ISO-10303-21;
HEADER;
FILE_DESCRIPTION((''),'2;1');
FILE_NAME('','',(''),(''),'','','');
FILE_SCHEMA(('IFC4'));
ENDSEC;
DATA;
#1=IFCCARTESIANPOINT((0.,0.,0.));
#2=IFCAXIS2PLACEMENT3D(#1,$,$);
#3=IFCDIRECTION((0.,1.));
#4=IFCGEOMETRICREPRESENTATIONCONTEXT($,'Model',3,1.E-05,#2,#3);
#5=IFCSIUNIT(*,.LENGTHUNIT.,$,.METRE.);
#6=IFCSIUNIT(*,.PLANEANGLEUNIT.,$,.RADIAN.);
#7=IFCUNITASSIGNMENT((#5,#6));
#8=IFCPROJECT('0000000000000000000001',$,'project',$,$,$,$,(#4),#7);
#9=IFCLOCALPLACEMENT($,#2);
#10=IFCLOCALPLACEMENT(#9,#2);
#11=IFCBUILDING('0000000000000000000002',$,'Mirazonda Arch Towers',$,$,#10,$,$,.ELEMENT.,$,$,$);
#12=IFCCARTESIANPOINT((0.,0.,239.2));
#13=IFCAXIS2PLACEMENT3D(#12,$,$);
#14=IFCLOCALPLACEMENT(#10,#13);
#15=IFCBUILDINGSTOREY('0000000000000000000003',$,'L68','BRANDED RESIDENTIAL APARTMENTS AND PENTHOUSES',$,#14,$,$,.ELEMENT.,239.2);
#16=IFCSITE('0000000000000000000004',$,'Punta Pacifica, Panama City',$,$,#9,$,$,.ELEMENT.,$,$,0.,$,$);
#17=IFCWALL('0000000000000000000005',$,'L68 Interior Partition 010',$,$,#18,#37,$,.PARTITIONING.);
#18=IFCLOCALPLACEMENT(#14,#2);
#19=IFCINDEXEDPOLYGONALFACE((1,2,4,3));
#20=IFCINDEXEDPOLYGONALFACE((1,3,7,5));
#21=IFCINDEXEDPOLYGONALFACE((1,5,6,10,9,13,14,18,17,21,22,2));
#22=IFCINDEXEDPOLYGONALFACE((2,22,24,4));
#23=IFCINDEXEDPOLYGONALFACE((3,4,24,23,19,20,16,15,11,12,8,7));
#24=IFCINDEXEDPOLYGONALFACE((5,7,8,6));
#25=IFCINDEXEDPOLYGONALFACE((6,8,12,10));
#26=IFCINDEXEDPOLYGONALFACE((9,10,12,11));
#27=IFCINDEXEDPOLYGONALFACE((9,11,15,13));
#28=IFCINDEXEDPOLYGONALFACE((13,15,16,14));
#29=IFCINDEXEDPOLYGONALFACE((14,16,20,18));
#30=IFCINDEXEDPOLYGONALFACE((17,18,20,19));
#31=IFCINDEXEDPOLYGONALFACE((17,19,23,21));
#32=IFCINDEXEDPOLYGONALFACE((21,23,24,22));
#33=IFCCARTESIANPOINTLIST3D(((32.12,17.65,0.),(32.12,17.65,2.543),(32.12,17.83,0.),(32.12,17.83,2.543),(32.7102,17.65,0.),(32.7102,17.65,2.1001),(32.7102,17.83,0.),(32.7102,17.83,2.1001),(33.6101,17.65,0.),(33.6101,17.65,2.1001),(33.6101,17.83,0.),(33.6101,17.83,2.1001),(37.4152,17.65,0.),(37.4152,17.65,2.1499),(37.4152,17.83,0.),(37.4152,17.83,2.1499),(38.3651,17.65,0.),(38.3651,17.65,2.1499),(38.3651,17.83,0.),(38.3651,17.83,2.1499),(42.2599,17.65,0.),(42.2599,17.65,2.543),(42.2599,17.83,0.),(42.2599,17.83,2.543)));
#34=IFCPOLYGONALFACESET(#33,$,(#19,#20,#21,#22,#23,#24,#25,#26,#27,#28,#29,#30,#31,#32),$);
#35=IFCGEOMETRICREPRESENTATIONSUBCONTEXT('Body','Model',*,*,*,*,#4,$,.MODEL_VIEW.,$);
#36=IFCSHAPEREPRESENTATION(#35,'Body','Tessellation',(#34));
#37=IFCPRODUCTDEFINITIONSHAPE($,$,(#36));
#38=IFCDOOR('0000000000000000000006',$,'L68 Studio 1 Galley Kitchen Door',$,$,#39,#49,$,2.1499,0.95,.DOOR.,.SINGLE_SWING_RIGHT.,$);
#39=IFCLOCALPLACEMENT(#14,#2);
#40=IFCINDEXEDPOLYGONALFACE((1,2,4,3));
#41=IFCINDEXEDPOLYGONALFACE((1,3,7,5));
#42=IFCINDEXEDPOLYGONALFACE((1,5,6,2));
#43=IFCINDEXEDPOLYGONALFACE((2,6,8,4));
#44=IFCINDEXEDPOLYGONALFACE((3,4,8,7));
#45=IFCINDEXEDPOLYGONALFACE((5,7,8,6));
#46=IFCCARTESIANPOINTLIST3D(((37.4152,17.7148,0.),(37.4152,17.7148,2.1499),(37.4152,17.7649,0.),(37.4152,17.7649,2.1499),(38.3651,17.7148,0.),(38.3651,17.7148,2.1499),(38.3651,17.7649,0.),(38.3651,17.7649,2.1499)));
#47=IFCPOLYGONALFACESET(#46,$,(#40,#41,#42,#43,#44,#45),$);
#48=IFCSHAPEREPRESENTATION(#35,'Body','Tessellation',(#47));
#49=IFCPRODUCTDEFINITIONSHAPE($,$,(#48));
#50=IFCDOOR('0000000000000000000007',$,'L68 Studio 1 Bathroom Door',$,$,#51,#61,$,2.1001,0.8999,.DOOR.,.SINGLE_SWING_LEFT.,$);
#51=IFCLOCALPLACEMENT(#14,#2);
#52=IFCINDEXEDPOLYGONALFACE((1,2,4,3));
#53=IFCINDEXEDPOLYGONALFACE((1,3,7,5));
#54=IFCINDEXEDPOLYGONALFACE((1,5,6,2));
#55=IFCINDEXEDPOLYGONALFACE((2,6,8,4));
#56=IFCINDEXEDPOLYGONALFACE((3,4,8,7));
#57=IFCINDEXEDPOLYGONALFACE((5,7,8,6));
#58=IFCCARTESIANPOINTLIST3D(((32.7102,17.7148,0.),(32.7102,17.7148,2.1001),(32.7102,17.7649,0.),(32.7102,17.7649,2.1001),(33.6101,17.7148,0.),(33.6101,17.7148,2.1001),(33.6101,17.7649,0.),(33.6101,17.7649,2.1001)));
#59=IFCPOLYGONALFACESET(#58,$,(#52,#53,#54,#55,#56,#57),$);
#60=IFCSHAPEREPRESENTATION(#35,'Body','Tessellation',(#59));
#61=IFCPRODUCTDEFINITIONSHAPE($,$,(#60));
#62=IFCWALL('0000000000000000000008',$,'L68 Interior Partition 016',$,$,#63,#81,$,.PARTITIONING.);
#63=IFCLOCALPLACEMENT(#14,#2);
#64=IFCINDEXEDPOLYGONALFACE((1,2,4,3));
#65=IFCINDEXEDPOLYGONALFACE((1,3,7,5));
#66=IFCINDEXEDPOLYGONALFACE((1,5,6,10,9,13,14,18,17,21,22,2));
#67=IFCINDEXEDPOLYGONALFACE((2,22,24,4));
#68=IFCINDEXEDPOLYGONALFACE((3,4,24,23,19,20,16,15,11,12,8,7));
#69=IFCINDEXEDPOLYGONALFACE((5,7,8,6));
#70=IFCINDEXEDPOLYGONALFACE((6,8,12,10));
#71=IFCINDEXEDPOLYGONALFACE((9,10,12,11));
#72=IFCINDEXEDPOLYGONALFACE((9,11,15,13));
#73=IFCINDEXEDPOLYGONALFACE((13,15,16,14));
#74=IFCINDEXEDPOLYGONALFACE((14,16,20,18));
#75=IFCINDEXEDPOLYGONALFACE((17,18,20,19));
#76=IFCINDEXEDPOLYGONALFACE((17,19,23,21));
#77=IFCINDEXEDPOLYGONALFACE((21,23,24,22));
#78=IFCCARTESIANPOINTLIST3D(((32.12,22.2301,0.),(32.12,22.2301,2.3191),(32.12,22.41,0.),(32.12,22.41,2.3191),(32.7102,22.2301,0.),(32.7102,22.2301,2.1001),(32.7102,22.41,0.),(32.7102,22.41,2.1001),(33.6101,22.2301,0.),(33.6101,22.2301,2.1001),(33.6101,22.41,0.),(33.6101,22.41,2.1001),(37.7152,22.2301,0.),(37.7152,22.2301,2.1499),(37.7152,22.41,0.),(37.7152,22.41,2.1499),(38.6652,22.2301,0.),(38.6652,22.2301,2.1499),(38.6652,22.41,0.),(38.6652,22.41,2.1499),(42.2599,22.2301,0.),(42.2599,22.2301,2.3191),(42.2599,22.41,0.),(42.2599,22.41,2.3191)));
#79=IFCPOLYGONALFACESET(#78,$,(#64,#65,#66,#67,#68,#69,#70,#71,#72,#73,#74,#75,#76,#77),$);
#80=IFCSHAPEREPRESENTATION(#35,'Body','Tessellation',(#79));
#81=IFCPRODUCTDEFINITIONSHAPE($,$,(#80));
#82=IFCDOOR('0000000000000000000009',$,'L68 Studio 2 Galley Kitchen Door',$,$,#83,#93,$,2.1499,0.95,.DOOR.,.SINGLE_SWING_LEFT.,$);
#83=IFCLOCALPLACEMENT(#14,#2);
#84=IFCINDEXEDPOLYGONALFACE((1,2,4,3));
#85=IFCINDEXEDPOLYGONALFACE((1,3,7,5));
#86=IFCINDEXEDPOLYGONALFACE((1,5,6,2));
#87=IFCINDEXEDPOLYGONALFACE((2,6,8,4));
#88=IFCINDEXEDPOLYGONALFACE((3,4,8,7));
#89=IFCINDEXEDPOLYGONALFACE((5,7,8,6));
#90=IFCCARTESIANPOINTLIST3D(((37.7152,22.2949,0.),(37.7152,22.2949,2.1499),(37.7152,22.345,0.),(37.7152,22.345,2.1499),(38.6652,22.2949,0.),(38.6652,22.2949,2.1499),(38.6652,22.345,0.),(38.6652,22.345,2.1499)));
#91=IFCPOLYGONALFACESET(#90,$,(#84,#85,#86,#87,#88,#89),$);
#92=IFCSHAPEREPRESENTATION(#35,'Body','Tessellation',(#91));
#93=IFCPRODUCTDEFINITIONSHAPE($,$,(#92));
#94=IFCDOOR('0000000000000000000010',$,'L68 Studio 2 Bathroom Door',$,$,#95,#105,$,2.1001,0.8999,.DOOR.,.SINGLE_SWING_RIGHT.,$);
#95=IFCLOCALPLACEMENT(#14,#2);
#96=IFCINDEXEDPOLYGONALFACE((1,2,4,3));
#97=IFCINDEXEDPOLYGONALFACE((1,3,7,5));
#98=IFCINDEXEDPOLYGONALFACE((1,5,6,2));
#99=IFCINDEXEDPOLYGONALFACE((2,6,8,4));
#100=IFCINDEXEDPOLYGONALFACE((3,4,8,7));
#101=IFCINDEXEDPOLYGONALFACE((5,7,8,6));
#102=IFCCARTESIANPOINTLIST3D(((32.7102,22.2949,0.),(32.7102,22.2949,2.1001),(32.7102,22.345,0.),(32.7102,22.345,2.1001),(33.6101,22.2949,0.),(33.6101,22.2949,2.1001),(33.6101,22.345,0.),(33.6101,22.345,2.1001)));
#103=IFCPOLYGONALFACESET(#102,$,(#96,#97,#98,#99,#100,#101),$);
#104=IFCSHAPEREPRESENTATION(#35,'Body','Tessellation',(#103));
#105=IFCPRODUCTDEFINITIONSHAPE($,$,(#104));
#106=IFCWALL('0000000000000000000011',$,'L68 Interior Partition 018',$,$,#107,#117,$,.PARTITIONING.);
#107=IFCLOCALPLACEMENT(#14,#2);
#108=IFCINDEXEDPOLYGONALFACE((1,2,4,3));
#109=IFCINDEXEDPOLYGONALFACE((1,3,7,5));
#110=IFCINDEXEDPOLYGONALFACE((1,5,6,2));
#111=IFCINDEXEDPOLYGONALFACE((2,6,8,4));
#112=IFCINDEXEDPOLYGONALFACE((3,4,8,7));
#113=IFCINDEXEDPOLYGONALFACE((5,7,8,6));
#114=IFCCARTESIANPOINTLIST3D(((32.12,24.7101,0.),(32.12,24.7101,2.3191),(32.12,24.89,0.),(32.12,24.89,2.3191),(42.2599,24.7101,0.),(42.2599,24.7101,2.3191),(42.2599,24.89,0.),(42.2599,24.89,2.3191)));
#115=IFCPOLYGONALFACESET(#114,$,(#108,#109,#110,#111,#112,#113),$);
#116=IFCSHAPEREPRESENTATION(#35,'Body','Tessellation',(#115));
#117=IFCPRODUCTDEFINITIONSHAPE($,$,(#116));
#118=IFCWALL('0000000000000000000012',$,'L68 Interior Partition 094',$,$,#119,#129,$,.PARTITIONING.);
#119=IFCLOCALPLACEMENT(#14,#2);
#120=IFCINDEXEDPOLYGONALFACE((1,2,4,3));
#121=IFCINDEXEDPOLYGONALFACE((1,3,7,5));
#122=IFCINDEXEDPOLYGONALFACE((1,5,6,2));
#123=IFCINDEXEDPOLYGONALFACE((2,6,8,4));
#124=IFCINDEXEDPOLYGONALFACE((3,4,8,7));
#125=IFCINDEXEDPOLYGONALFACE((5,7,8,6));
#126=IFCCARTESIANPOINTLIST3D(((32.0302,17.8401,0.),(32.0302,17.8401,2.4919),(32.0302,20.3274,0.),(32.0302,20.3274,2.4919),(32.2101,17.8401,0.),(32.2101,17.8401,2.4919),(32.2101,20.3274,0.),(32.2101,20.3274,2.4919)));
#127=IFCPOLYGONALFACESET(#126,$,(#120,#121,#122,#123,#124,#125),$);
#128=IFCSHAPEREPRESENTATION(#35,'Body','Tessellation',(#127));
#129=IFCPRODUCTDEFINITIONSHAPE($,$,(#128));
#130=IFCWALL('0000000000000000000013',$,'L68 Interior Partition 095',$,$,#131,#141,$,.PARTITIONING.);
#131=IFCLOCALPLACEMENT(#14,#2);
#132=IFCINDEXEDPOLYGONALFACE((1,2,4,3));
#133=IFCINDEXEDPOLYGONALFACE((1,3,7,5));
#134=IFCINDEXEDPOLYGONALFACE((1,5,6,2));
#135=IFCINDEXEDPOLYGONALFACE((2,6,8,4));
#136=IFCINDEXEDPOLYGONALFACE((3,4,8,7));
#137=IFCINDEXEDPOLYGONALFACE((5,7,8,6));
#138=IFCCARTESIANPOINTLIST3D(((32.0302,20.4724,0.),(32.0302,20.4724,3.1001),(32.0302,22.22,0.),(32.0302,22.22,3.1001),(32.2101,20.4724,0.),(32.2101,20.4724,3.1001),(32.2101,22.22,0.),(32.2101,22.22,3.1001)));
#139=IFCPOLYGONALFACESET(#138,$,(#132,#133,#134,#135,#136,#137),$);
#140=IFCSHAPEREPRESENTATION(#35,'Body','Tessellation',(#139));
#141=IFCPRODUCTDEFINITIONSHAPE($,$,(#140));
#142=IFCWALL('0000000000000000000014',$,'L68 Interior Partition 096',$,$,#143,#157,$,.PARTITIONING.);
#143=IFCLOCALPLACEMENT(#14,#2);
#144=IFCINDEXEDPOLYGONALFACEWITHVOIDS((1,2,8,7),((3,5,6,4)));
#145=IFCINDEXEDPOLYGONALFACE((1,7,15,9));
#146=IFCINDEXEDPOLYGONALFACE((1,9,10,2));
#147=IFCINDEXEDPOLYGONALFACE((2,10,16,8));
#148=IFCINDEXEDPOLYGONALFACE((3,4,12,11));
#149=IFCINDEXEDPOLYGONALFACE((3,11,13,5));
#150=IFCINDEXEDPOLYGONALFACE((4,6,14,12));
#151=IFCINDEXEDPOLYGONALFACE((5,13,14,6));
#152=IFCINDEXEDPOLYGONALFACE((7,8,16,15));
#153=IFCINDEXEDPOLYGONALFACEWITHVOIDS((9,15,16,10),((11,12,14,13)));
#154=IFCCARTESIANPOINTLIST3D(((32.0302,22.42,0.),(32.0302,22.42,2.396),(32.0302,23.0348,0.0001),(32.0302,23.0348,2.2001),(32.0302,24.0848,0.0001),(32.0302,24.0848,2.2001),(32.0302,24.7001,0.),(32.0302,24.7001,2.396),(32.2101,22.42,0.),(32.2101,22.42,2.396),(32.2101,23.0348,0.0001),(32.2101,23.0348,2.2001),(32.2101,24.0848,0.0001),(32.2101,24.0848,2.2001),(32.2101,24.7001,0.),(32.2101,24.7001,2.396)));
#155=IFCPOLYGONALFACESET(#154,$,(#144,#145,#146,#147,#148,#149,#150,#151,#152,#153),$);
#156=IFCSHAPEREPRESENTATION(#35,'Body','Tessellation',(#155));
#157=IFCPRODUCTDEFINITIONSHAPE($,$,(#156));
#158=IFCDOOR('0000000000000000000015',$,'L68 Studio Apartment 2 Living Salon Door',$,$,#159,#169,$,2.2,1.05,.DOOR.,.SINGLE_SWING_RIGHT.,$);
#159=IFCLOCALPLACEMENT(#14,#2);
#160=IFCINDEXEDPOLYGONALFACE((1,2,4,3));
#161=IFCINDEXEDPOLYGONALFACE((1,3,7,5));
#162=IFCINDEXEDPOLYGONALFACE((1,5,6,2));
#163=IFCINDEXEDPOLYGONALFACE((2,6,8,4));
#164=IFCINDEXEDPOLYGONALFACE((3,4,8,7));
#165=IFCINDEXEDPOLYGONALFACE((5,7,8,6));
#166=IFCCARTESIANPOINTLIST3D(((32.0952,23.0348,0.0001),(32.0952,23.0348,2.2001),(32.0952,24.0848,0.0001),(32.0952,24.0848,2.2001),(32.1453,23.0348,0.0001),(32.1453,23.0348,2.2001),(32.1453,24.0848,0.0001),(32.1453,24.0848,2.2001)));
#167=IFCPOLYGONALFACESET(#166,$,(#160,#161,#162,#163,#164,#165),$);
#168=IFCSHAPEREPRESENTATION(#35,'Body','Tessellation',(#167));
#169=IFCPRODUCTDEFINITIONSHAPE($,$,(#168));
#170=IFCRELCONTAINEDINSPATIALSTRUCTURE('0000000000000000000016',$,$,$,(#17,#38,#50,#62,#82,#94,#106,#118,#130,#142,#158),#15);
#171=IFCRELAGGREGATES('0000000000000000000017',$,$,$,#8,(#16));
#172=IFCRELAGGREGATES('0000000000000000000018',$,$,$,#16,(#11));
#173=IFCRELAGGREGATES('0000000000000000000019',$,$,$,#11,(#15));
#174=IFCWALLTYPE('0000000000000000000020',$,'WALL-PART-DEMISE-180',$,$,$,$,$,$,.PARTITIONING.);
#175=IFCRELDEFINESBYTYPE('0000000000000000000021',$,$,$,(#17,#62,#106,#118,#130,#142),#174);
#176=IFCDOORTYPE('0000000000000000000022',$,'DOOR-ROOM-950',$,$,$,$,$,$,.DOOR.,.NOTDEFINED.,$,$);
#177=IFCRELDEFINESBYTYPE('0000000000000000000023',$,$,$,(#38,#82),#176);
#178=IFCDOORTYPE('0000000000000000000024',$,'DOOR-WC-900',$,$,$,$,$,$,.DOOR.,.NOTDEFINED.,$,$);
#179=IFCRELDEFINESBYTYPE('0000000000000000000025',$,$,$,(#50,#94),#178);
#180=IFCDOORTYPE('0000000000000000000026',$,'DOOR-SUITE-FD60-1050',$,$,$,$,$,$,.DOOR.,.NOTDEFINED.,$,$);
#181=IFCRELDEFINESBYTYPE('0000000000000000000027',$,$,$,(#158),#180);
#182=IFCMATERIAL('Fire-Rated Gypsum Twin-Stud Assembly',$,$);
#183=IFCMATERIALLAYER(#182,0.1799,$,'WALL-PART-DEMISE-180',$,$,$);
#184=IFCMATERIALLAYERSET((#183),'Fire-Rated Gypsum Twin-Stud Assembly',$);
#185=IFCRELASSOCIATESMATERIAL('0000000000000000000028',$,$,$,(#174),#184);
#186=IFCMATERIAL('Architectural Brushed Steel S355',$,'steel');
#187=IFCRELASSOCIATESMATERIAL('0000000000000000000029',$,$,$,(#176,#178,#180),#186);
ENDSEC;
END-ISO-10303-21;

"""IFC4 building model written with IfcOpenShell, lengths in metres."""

from ifc_helpers import new_model, si_unit, direction, frame, frame_2d, origin, place, context, subcontext, project, spatial, rectangle, extrude, material, layer, layer_set, type_object, element, fill, save


model = new_model("IFC4")

# Units and contexts
model_context = context("Model", 3, precision=1e-05, world=origin(), true_north=direction((0.0, 1.0)))
body_context = subcontext(model_context, "Body", "Model", "MODEL_VIEW")
ifc_project = project(units=[si_unit("LENGTHUNIT", "METRE"), si_unit("PLANEANGLEUNIT", "RADIAN")], contexts=[model_context])

# Site, building, storey
site_placement = place(None, origin())
site = spatial("IfcSite", under=ifc_project, at=site_placement, Name="Punta Pacifica, Panama City", CompositionType="ELEMENT", RefElevation=0.0)
building_placement = place(site_placement, origin())
building = spatial("IfcBuilding", under=site, at=building_placement, Name="Mirazonda Arch Towers", CompositionType="ELEMENT")
storey_placement = place(building_placement, frame((0.0, 0.0, 239.2)))
storey = spatial("IfcBuildingStorey", under=building, at=storey_placement, Name="L68", Description="BRANDED RESIDENTIAL APARTMENTS AND PENTHOUSES", CompositionType="ELEMENT", Elevation=239.2)

# Walls, openings, doors
ifc_material_1 = material(Name="Fire-Rated Gypsum Twin-Stud Assembly")
ifc_layer_1 = layer(ifc_material_1, 0.1799, Name="WALL-PART-DEMISE-180")
ifc_layer_set_1 = layer_set([ifc_layer_1], Name="Fire-Rated Gypsum Twin-Stud Assembly")
wall_type_1 = type_object("IfcWallType", Name="WALL-PART-DEMISE-180", PredefinedType="PARTITIONING", material=ifc_layer_set_1)
wall_1_placement = place(storey_placement, frame((32.1201, 17.74, 0.0), z_axis=(0.0, 0.0, 1.0), x_axis=(1.0, 0.0, 0.0)))
wall_1 = element("IfcWall", 1, at=wall_1_placement, inside=storey, type_object=wall_type_1, Name="L68 Interior Partition 010", PredefinedType="PARTITIONING", context=body_context, shape_type="SweptSolid", body=[
    extrude(rectangle(XDim=10.1399, YDim=0.1799, at=frame_2d((5.0698, 0.0))), origin(), (0.0, 0.0, 1.0), 2.543),
])
opening_1_placement = place(wall_1_placement, frame((5.2949, 0.0, 0.0)))
opening_1 = element("IfcOpeningElement", 2, at=opening_1_placement, cuts=wall_1, PredefinedType="OPENING", context=body_context, shape_type="SweptSolid", body=[
    extrude(rectangle(XDim=0.95, YDim=2.1499, at=frame_2d((0.4751, 1.075))), frame((0.0, 0.0999, 0.0), z_axis=(0.0, -1.0, 0.0), x_axis=(1.0, 0.0, 0.0)), (0.0, 0.0, 1.0), 0.2),
])
opening_2_placement = place(wall_1_placement, frame((0.5901, 0.0, 0.0)))
opening_2 = element("IfcOpeningElement", 3, at=opening_2_placement, cuts=wall_1, PredefinedType="OPENING", context=body_context, shape_type="SweptSolid", body=[
    extrude(rectangle(XDim=0.8999, YDim=2.1001, at=frame_2d((0.45, 1.05))), frame((0.0, 0.0999, 0.0), z_axis=(0.0, -1.0, 0.0), x_axis=(1.0, 0.0, 0.0)), (0.0, 0.0, 1.0), 0.2),
])
ifc_material_2 = material(Name="Architectural Brushed Steel S355", Category="steel")
door_type_1 = type_object("IfcDoorType", Name="DOOR-ROOM-950", OperationType="NOTDEFINED", PredefinedType="DOOR", material=ifc_material_2)
door_1_placement = place(opening_1_placement, origin())
door_1 = element("IfcDoor", 4, at=door_1_placement, inside=storey, type_object=door_type_1, Name="L68 Studio 1 Galley Kitchen Door", OperationType="SINGLE_SWING_RIGHT", OverallHeight=2.1499, OverallWidth=0.95, PredefinedType="DOOR", context=body_context, shape_type="SweptSolid", body=[
    extrude(rectangle(XDim=0.95, YDim=2.1499, at=frame_2d((0.4751, 1.075))), frame((0.0, 0.0249, 0.0), z_axis=(0.0, -1.0, 0.0), x_axis=(1.0, 0.0, 0.0)), (0.0, 0.0, 1.0), 0.05),
])
fill(opening_1, door_1)
door_type_2 = type_object("IfcDoorType", Name="DOOR-WC-900", OperationType="NOTDEFINED", PredefinedType="DOOR", material=ifc_material_2)
door_2_placement = place(opening_2_placement, origin())
door_2 = element("IfcDoor", 5, at=door_2_placement, inside=storey, type_object=door_type_2, Name="L68 Studio 1 Bathroom Door", OperationType="SINGLE_SWING_LEFT", OverallHeight=2.1001, OverallWidth=0.8999, PredefinedType="DOOR", context=body_context, shape_type="SweptSolid", body=[
    extrude(rectangle(XDim=0.8999, YDim=2.1001, at=frame_2d((0.45, 1.05))), frame((0.0, 0.0249, 0.0), z_axis=(0.0, -1.0, 0.0), x_axis=(1.0, 0.0, 0.0)), (0.0, 0.0, 1.0), 0.05),
])
fill(opening_2, door_2)
wall_2_placement = place(storey_placement, frame((32.1201, 22.3201, 0.0), z_axis=(0.0, 0.0, 1.0), x_axis=(1.0, 0.0, 0.0)))
wall_2 = element("IfcWall", 6, at=wall_2_placement, inside=storey, type_object=wall_type_1, Name="L68 Interior Partition 016", PredefinedType="PARTITIONING", context=body_context, shape_type="SweptSolid", body=[
    extrude(rectangle(XDim=10.1399, YDim=0.1799, at=frame_2d((5.0698, 0.0))), origin(), (0.0, 0.0, 1.0), 2.3191),
])
opening_3_placement = place(wall_2_placement, frame((5.595, 0.0, 0.0)))
opening_3 = element("IfcOpeningElement", 7, at=opening_3_placement, cuts=wall_2, PredefinedType="OPENING", context=body_context, shape_type="SweptSolid", body=[
    extrude(rectangle(XDim=0.95, YDim=2.1499, at=frame_2d((0.4751, 1.075))), frame((0.0, 0.0999, 0.0), z_axis=(0.0, -1.0, 0.0), x_axis=(1.0, 0.0, 0.0)), (0.0, 0.0, 1.0), 0.2),
])
opening_4_placement = place(wall_2_placement, frame((0.5901, 0.0, 0.0)))
opening_4 = element("IfcOpeningElement", 8, at=opening_4_placement, cuts=wall_2, PredefinedType="OPENING", context=body_context, shape_type="SweptSolid", body=[
    extrude(rectangle(XDim=0.8999, YDim=2.1001, at=frame_2d((0.45, 1.05))), frame((0.0, 0.0999, 0.0), z_axis=(0.0, -1.0, 0.0), x_axis=(1.0, 0.0, 0.0)), (0.0, 0.0, 1.0), 0.2),
])
door_3_placement = place(opening_3_placement, origin())
door_3 = element("IfcDoor", 9, at=door_3_placement, inside=storey, type_object=door_type_1, Name="L68 Studio 2 Galley Kitchen Door", OperationType="SINGLE_SWING_LEFT", OverallHeight=2.1499, OverallWidth=0.95, PredefinedType="DOOR", context=body_context, shape_type="SweptSolid", body=[
    extrude(rectangle(XDim=0.95, YDim=2.1499, at=frame_2d((0.4751, 1.075))), frame((0.0, 0.0249, 0.0), z_axis=(0.0, -1.0, 0.0), x_axis=(1.0, 0.0, 0.0)), (0.0, 0.0, 1.0), 0.05),
])
fill(opening_3, door_3)
door_4_placement = place(opening_4_placement, origin())
door_4 = element("IfcDoor", 10, at=door_4_placement, inside=storey, type_object=door_type_2, Name="L68 Studio 2 Bathroom Door", OperationType="SINGLE_SWING_RIGHT", OverallHeight=2.1001, OverallWidth=0.8999, PredefinedType="DOOR", context=body_context, shape_type="SweptSolid", body=[
    extrude(rectangle(XDim=0.8999, YDim=2.1001, at=frame_2d((0.45, 1.05))), frame((0.0, 0.0249, 0.0), z_axis=(0.0, -1.0, 0.0), x_axis=(1.0, 0.0, 0.0)), (0.0, 0.0, 1.0), 0.05),
])
fill(opening_4, door_4)

# Walls
wall_3_placement = place(storey_placement, frame((32.1201, 24.8, 0.0), z_axis=(0.0, 0.0, 1.0), x_axis=(1.0, 0.0, 0.0)))
element("IfcWall", 11, at=wall_3_placement, inside=storey, type_object=wall_type_1, Name="L68 Interior Partition 018", PredefinedType="PARTITIONING", context=body_context, shape_type="SweptSolid", body=[
    extrude(rectangle(XDim=10.1399, YDim=0.1799, at=frame_2d((5.0698, 0.0))), origin(), (0.0, 0.0, 1.0), 2.3191),
])
wall_4_placement = place(storey_placement, frame((32.1201, 17.8401, 0.0), z_axis=(0.0, 0.0, 1.0), x_axis=(0.0, 1.0, 0.0)))
element("IfcWall", 12, at=wall_4_placement, inside=storey, type_object=wall_type_1, Name="L68 Interior Partition 094", PredefinedType="PARTITIONING", context=body_context, shape_type="SweptSolid", body=[
    extrude(rectangle(XDim=2.4873, YDim=0.1799, at=frame_2d((1.2437, 0.0))), origin(), (0.0, 0.0, 1.0), 2.4919),
])
wall_5_placement = place(storey_placement, frame((32.1201, 20.4724, 0.0), z_axis=(0.0, 0.0, 1.0), x_axis=(0.0, 1.0, 0.0)))
element("IfcWall", 13, at=wall_5_placement, inside=storey, type_object=wall_type_1, Name="L68 Interior Partition 095", PredefinedType="PARTITIONING", context=body_context, shape_type="SweptSolid", body=[
    extrude(rectangle(XDim=1.7476, YDim=0.1799, at=frame_2d((0.8738, 0.0))), origin(), (0.0, 0.0, 1.0), 3.1001),
])

# Wall, opening, door
wall_6_placement = place(storey_placement, frame((32.1201, 22.4199, 0.0), z_axis=(0.0, 0.0, 1.0), x_axis=(0.0, 1.0, 0.0)))
wall_6 = element("IfcWall", 14, at=wall_6_placement, inside=storey, type_object=wall_type_1, Name="L68 Interior Partition 096", PredefinedType="PARTITIONING", context=body_context, shape_type="SweptSolid", body=[
    extrude(rectangle(XDim=2.28, YDim=0.1799, at=frame_2d((1.1401, 0.0))), origin(), (0.0, 0.0, 1.0), 2.396),
])
opening_5_placement = place(wall_6_placement, frame((0.615, 0.0, 0.0)))
opening_5 = element("IfcOpeningElement", 15, at=opening_5_placement, cuts=wall_6, PredefinedType="OPENING", context=body_context, shape_type="SweptSolid", body=[
    extrude(rectangle(XDim=1.05, YDim=2.2, at=frame_2d((0.5249, 1.1001))), frame((0.0, 0.0999, 0.0), z_axis=(0.0, -1.0, 0.0), x_axis=(1.0, 0.0, 0.0)), (0.0, 0.0, 1.0), 0.2),
])
door_type_3 = type_object("IfcDoorType", Name="DOOR-SUITE-FD60-1050", OperationType="NOTDEFINED", PredefinedType="DOOR", material=ifc_material_2)
door_5_placement = place(opening_5_placement, origin())
door_5 = element("IfcDoor", 16, at=door_5_placement, inside=storey, type_object=door_type_3, Name="L68 Studio Apartment 2 Living Salon Door", OperationType="SINGLE_SWING_RIGHT", OverallHeight=2.2, OverallWidth=1.05, PredefinedType="DOOR", context=body_context, shape_type="SweptSolid", body=[
    extrude(rectangle(XDim=1.05, YDim=2.2, at=frame_2d((0.5249, 1.1001))), frame((0.0, 0.0249, 0.0), z_axis=(0.0, -1.0, 0.0), x_axis=(1.0, 0.0, 0.0)), (0.0, 0.0, 1.0), 0.05),
])
fill(opening_5, door_5)

save(model, "model.ifc")
